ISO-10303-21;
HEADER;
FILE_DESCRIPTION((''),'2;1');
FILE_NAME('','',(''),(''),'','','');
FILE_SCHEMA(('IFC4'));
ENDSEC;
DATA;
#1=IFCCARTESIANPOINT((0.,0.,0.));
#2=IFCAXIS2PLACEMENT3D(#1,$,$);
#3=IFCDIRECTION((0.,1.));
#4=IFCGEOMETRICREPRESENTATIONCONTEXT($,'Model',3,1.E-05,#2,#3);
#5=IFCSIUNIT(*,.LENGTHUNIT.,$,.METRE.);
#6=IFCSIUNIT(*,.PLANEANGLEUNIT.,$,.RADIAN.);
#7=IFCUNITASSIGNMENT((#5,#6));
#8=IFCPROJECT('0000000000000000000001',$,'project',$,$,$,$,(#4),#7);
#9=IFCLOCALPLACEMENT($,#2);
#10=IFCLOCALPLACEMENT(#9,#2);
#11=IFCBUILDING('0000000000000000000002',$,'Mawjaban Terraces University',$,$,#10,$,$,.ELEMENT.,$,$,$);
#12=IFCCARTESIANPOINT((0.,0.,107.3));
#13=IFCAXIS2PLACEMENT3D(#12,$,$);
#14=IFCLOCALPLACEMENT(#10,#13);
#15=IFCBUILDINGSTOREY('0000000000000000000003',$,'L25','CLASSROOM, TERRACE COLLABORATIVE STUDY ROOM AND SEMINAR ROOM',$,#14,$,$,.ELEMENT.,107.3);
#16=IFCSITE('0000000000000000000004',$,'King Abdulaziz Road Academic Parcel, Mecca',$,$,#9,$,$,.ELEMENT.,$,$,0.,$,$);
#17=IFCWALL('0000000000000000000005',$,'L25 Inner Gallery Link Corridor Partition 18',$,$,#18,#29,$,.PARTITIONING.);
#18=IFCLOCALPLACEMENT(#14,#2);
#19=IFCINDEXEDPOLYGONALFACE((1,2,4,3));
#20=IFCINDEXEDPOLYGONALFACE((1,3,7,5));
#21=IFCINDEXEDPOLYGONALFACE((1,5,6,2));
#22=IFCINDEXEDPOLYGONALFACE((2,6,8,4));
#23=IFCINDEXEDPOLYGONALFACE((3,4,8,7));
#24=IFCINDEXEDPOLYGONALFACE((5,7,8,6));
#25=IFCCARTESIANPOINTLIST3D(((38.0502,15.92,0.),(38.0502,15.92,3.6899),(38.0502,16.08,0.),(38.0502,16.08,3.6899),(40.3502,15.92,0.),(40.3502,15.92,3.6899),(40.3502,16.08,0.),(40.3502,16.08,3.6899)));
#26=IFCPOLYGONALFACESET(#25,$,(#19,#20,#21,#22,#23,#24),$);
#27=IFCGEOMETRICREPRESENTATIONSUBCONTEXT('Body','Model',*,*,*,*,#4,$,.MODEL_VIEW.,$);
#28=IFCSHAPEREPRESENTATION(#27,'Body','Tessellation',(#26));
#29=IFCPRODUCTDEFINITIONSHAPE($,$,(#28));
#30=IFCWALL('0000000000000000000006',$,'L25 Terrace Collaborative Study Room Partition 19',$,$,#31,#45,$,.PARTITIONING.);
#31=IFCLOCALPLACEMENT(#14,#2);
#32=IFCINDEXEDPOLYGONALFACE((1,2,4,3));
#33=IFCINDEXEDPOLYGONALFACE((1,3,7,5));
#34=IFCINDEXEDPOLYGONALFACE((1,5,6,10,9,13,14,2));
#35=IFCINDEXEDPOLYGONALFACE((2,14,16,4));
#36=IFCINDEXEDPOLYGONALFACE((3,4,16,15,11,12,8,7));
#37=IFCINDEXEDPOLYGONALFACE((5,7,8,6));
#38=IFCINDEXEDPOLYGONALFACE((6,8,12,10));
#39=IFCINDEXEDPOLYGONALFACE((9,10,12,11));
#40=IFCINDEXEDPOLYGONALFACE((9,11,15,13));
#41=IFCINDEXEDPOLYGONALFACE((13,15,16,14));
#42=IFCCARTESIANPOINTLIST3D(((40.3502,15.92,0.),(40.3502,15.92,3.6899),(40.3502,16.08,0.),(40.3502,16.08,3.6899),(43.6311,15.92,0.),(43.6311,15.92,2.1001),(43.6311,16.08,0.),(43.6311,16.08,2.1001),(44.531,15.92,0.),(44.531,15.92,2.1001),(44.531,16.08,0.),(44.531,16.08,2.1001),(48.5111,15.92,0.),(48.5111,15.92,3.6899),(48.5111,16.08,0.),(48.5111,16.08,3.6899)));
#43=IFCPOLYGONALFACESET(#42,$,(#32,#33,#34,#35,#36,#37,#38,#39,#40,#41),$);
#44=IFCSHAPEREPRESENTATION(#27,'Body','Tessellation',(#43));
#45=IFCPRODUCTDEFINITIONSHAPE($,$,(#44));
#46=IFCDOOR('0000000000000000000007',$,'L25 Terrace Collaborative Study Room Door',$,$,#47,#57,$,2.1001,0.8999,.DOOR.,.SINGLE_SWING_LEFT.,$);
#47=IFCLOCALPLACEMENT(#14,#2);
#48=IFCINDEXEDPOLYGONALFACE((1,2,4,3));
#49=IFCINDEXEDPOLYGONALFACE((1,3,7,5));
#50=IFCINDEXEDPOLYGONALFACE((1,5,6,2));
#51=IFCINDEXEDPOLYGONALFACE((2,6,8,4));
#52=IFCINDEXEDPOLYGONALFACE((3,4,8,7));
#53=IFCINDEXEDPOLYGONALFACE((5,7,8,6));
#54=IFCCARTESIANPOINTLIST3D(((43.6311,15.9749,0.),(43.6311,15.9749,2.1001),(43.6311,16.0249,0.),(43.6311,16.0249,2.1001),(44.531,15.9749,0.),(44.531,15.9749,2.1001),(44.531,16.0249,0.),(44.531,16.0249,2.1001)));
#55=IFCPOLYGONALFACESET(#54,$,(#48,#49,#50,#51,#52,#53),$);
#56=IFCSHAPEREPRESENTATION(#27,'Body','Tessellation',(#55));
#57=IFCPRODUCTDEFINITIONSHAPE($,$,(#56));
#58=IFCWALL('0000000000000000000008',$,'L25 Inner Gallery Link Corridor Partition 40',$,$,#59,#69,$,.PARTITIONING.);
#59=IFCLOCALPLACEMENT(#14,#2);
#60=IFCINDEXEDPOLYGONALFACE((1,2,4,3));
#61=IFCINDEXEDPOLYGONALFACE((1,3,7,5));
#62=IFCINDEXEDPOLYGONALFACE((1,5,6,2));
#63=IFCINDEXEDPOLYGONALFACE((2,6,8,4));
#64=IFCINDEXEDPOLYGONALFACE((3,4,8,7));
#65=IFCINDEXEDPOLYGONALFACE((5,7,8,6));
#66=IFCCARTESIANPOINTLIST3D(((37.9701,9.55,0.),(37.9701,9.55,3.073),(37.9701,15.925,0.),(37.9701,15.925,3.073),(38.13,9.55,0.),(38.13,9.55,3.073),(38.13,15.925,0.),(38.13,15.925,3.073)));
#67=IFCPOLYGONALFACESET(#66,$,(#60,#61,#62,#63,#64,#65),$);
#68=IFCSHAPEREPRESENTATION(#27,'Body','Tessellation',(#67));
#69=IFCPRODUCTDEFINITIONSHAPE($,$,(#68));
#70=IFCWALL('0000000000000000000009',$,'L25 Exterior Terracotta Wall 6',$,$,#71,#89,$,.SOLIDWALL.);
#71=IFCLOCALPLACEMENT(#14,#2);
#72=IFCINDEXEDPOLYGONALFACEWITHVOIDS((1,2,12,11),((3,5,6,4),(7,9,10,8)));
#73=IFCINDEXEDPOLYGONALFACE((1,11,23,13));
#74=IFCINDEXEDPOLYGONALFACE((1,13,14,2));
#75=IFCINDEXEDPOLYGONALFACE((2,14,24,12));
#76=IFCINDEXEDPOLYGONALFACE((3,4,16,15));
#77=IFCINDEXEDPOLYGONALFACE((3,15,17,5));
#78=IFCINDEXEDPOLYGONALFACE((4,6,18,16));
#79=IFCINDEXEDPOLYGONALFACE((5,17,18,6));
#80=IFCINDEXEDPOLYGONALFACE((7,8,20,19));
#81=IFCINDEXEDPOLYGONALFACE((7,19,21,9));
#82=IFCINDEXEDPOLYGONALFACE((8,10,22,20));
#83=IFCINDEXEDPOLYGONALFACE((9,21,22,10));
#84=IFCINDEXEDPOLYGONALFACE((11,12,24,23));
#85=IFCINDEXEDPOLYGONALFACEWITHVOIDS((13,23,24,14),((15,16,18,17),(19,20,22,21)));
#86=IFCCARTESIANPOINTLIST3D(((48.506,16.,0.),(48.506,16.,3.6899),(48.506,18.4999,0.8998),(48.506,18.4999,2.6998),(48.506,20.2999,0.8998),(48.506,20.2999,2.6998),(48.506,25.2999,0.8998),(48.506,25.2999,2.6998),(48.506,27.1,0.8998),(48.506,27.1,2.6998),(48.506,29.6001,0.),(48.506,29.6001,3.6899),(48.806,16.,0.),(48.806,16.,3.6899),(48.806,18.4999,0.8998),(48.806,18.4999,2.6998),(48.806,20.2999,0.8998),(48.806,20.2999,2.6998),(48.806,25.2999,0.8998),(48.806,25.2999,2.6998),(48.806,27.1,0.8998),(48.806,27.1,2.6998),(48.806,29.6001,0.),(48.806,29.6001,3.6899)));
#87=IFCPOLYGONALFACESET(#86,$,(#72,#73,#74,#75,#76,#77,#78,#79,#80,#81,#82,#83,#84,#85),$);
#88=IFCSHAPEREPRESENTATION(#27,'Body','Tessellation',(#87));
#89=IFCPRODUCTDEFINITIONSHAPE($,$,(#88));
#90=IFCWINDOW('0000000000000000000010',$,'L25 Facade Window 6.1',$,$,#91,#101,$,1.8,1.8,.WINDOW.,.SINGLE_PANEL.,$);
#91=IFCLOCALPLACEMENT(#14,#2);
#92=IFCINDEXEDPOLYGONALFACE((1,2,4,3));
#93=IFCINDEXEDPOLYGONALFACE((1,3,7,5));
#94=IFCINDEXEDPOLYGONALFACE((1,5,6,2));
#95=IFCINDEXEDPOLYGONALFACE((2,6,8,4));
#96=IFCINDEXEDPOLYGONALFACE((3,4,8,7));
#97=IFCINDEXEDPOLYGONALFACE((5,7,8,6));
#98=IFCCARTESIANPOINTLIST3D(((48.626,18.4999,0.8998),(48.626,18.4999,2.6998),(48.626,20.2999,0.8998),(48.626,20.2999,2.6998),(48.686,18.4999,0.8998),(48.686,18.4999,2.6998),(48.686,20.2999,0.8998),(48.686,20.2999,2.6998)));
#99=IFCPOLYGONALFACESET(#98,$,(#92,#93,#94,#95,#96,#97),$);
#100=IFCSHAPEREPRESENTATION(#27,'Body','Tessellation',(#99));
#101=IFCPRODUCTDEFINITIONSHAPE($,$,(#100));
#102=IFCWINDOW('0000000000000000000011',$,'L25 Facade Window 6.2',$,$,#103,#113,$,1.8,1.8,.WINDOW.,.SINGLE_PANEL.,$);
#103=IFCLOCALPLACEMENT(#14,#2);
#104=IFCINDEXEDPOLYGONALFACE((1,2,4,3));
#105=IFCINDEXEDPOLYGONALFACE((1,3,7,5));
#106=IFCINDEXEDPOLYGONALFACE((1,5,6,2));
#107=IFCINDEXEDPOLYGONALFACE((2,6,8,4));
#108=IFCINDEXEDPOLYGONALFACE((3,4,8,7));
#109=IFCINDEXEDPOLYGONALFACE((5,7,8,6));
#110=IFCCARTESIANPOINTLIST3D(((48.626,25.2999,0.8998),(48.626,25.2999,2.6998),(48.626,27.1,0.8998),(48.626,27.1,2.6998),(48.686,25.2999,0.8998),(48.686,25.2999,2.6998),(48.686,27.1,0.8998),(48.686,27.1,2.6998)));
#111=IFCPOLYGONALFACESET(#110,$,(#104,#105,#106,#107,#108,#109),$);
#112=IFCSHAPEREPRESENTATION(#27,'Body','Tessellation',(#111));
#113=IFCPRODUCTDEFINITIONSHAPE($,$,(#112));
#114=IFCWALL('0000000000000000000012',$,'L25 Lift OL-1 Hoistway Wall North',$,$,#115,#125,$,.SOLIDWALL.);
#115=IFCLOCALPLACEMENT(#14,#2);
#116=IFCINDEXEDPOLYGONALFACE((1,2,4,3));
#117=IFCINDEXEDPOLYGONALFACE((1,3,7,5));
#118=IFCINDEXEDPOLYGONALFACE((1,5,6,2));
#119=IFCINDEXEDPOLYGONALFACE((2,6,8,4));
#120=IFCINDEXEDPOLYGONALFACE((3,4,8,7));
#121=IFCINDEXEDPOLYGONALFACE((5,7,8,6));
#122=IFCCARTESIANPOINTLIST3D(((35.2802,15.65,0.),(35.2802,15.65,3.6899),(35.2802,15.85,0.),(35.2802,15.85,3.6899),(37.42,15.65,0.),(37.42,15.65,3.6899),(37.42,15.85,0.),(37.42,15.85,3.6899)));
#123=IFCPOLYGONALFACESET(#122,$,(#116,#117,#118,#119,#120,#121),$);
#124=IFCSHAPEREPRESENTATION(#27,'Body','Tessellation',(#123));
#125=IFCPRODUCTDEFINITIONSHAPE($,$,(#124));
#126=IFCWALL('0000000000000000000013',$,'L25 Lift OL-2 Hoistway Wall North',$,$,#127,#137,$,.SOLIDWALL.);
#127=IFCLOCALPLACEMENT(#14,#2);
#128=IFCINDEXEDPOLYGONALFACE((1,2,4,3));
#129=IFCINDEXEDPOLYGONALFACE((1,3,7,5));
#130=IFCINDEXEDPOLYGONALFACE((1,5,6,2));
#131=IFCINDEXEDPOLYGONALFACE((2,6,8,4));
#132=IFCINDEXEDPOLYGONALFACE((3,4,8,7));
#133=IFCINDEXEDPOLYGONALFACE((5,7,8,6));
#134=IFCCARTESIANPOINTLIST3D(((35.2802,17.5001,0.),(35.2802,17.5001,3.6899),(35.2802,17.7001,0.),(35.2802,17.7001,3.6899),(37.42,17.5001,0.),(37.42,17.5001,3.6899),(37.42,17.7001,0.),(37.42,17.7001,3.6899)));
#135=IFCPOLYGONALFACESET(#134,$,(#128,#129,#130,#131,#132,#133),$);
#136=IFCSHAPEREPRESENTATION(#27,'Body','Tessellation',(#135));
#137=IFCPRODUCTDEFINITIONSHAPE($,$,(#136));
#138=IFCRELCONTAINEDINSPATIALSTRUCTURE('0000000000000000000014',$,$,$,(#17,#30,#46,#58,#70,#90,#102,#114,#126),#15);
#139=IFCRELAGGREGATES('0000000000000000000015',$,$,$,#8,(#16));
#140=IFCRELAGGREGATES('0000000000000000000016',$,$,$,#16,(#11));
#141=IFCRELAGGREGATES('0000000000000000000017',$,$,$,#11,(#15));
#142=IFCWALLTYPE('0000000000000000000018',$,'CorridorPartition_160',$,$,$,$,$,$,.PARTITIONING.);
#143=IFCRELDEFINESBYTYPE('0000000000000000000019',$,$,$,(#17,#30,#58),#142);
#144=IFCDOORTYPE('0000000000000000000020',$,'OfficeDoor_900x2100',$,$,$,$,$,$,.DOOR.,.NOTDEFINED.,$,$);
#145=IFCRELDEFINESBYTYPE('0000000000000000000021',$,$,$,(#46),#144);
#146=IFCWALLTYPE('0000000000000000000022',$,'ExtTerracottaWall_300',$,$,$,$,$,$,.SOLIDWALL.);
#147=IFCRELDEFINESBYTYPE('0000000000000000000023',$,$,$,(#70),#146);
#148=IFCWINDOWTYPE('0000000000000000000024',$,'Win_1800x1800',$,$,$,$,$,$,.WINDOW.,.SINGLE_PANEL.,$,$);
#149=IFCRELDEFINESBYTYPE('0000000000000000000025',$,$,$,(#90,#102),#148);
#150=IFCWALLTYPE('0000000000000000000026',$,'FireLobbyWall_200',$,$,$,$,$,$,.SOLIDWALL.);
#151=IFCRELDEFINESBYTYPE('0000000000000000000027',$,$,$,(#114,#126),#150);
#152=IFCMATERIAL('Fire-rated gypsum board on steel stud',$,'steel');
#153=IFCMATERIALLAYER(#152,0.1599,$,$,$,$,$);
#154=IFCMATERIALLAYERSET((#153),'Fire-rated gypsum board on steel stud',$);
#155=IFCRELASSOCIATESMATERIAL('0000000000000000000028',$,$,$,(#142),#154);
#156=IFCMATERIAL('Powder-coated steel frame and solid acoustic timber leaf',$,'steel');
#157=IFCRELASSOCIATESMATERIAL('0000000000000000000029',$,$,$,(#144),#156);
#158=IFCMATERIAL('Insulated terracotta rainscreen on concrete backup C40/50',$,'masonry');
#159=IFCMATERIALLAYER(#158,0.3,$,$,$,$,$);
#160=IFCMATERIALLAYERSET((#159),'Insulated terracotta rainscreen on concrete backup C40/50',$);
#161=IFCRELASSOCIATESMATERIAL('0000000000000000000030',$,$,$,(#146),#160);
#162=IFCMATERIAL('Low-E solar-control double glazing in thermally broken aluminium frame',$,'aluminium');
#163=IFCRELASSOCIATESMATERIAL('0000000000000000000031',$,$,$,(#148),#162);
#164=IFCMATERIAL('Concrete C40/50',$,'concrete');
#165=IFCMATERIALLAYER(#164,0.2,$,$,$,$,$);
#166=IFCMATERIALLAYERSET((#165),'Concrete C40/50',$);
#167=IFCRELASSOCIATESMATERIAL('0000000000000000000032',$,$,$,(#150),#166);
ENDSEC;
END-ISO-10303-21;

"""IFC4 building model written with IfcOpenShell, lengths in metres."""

from ifc_helpers import new_model, si_unit, direction, frame, frame_2d, origin, place, context, subcontext, project, spatial, rectangle, extrude, material, layer, layer_set, type_object, element, fill, save


model = new_model("IFC4")

# Units and contexts
model_context = context("Model", 3, precision=1e-05, world=origin(), true_north=direction((0.0, 1.0)))
body_context = subcontext(model_context, "Body", "Model", "MODEL_VIEW")
ifc_project = project(units=[si_unit("LENGTHUNIT", "METRE"), si_unit("PLANEANGLEUNIT", "RADIAN")], contexts=[model_context])

# Site, building, storey
site_placement = place(None, origin())
site = spatial("IfcSite", under=ifc_project, at=site_placement, Name="King Abdulaziz Road Academic Parcel, Mecca", CompositionType="ELEMENT", RefElevation=0.0)
building_placement = place(site_placement, origin())
building = spatial("IfcBuilding", under=site, at=building_placement, Name="Mawjaban Terraces University", CompositionType="ELEMENT")
storey_placement = place(building_placement, frame((0.0, 0.0, 107.3)))
storey = spatial("IfcBuildingStorey", under=building, at=storey_placement, Name="L25", Description="CLASSROOM, TERRACE COLLABORATIVE STUDY ROOM AND SEMINAR ROOM", CompositionType="ELEMENT", Elevation=107.3)

# Wall
ifc_material_1 = material(Name="Fire-rated gypsum board on steel stud", Category="steel")
ifc_layer_1 = layer(ifc_material_1, 0.1599)
ifc_layer_set_1 = layer_set([ifc_layer_1], Name="Fire-rated gypsum board on steel stud")
wall_type_1 = type_object("IfcWallType", Name="CorridorPartition_160", PredefinedType="PARTITIONING", material=ifc_layer_set_1)
wall_1_placement = place(storey_placement, frame((40.3501, 16.0, 0.0), z_axis=(0.0, 0.0, 1.0), x_axis=(-1.0, 0.0, 0.0)))
element("IfcWall", 1, at=wall_1_placement, inside=storey, type_object=wall_type_1, Name="L25 Inner Gallery Link Corridor Partition 18", PredefinedType="PARTITIONING", context=body_context, shape_type="SweptSolid", body=[
    extrude(rectangle(XDim=2.3, YDim=0.1599, at=frame_2d((1.1499, 0.0))), origin(), (0.0, 0.0, 1.0), 3.6899),
])

# Wall, opening, door
wall_2_placement = place(storey_placement, frame((40.3501, 16.0, 0.0), z_axis=(0.0, 0.0, 1.0), x_axis=(1.0, 0.0, 0.0)))
wall_2 = element("IfcWall", 2, at=wall_2_placement, inside=storey, type_object=wall_type_1, Name="L25 Terrace Collaborative Study Room Partition 19", PredefinedType="PARTITIONING", context=body_context, shape_type="SweptSolid", body=[
    extrude(rectangle(XDim=8.1609, YDim=0.1599, at=frame_2d((4.0806, 0.0))), origin(), (0.0, 0.0, 1.0), 3.6899),
])
opening_1_placement = place(wall_2_placement, frame((3.281, 0.0, 0.0)))
opening_1 = element("IfcOpeningElement", 3, at=opening_1_placement, cuts=wall_2, PredefinedType="OPENING", context=body_context, shape_type="SweptSolid", body=[
    extrude(rectangle(XDim=0.8999, YDim=2.1001, at=frame_2d((0.45, 1.05))), frame((0.0, 0.0898, 0.0), z_axis=(0.0, -1.0, 0.0), x_axis=(1.0, 0.0, 0.0)), (0.0, 0.0, 1.0), 0.1799),
])
ifc_material_2 = material(Name="Powder-coated steel frame and solid acoustic timber leaf", Category="steel")
door_type = type_object("IfcDoorType", Name="OfficeDoor_900x2100", OperationType="NOTDEFINED", PredefinedType="DOOR", material=ifc_material_2)
door_placement = place(opening_1_placement, origin())
door = element("IfcDoor", 4, at=door_placement, inside=storey, type_object=door_type, Name="L25 Terrace Collaborative Study Room Door", OperationType="SINGLE_SWING_LEFT", OverallHeight=2.1001, OverallWidth=0.8999, PredefinedType="DOOR", context=body_context, shape_type="SweptSolid", body=[
    extrude(rectangle(XDim=0.8999, YDim=2.1001, at=frame_2d((0.45, 1.05))), frame((0.0, 0.0249, 0.0), z_axis=(0.0, -1.0, 0.0), x_axis=(1.0, 0.0, 0.0)), (0.0, 0.0, 1.0), 0.05),
])
fill(opening_1, door)

# Wall
wall_3_placement = place(storey_placement, frame((38.05, 15.925, 0.0), z_axis=(0.0, 0.0, 1.0), x_axis=(0.0, -1.0, 0.0)))
element("IfcWall", 5, at=wall_3_placement, inside=storey, type_object=wall_type_1, Name="L25 Inner Gallery Link Corridor Partition 40", PredefinedType="PARTITIONING", context=body_context, shape_type="SweptSolid", body=[
    extrude(rectangle(XDim=6.375, YDim=0.1599, at=frame_2d((3.1875, 0.0))), origin(), (0.0, 0.0, 1.0), 3.073),
])

# Wall, openings, windows
ifc_material_3 = material(Name="Insulated terracotta rainscreen on concrete backup C40/50", Category="masonry")
ifc_layer_2 = layer(ifc_material_3, 0.3)
ifc_layer_set_2 = layer_set([ifc_layer_2], Name="Insulated terracotta rainscreen on concrete backup C40/50")
wall_type_2 = type_object("IfcWallType", Name="ExtTerracottaWall_300", PredefinedType="SOLIDWALL", material=ifc_layer_set_2)
wall_4_placement = place(storey_placement, frame((48.656, 16.0, 0.0), z_axis=(0.0, 0.0, 1.0), x_axis=(0.0, 1.0, 0.0)))
wall_4 = element("IfcWall", 6, at=wall_4_placement, inside=storey, type_object=wall_type_2, Name="L25 Exterior Terracotta Wall 6", PredefinedType="SOLIDWALL", context=body_context, shape_type="SweptSolid", body=[
    extrude(rectangle(XDim=13.6001, YDim=0.3, at=frame_2d((6.8, 0.0))), origin(), (0.0, 0.0, 1.0), 3.6899),
])
opening_2_placement = place(wall_4_placement, frame((2.5, 0.0, 0.8999)))
opening_2 = element("IfcOpeningElement", 7, at=opening_2_placement, cuts=wall_4, PredefinedType="OPENING", context=body_context, shape_type="SweptSolid", body=[
    extrude(rectangle(XDim=1.8, YDim=1.8, at=frame_2d((0.8999, 0.8999))), frame((0.0, 0.1599, 0.0), z_axis=(0.0, -1.0, 0.0), x_axis=(1.0, 0.0, 0.0)), (0.0, 0.0, 1.0), 0.3201),
])
opening_3_placement = place(wall_4_placement, frame((9.3, 0.0, 0.8999)))
opening_3 = element("IfcOpeningElement", 8, at=opening_3_placement, cuts=wall_4, PredefinedType="OPENING", context=body_context, shape_type="SweptSolid", body=[
    extrude(rectangle(XDim=1.8, YDim=1.8, at=frame_2d((0.8999, 0.8999))), frame((0.0, 0.1599, 0.0), z_axis=(0.0, -1.0, 0.0), x_axis=(1.0, 0.0, 0.0)), (0.0, 0.0, 1.0), 0.3201),
])
ifc_material_4 = material(Name="Low-E solar-control double glazing in thermally broken aluminium frame", Category="aluminium")
window_type = type_object("IfcWindowType", Name="Win_1800x1800", PartitioningType="SINGLE_PANEL", PredefinedType="WINDOW", material=ifc_material_4)
window_1_placement = place(opening_2_placement, origin())
window_1 = element("IfcWindow", 9, at=window_1_placement, inside=storey, type_object=window_type, Name="L25 Facade Window 6.1", OverallHeight=1.8, OverallWidth=1.8, PartitioningType="SINGLE_PANEL", PredefinedType="WINDOW", context=body_context, shape_type="SweptSolid", body=[
    extrude(rectangle(XDim=1.8, YDim=1.8, at=frame_2d((0.8999, 0.8999))), frame((0.0, 0.03, 0.0), z_axis=(0.0, -1.0, 0.0), x_axis=(1.0, 0.0, 0.0)), (0.0, 0.0, 1.0), 0.0601),
])
fill(opening_2, window_1)
window_2_placement = place(opening_3_placement, origin())
window_2 = element("IfcWindow", 10, at=window_2_placement, inside=storey, type_object=window_type, Name="L25 Facade Window 6.2", OverallHeight=1.8, OverallWidth=1.8, PartitioningType="SINGLE_PANEL", PredefinedType="WINDOW", context=body_context, shape_type="SweptSolid", body=[
    extrude(rectangle(XDim=1.8, YDim=1.8, at=frame_2d((0.8999, 0.8999))), frame((0.0, 0.03, 0.0), z_axis=(0.0, -1.0, 0.0), x_axis=(1.0, 0.0, 0.0)), (0.0, 0.0, 1.0), 0.0601),
])
fill(opening_3, window_2)

# Walls
ifc_material_5 = material(Name="Concrete C40/50", Category="concrete")
ifc_layer_3 = layer(ifc_material_5, 0.2)
ifc_layer_set_3 = layer_set([ifc_layer_3], Name="Concrete C40/50")
wall_type_3 = type_object("IfcWallType", Name="FireLobbyWall_200", PredefinedType="SOLIDWALL", material=ifc_layer_set_3)
for number, where, z_axis, x_axis, name in (
    (11, (37.4199, 15.75, 0.0), (0.0, 0.0, 1.0), (-1.0, 0.0, 0.0), "L25 Lift OL-1 Hoistway Wall North"),
    (12, (37.4199, 17.6001, 0.0), (0.0, 0.0, 1.0), (-1.0, 0.0, 0.0), "L25 Lift OL-2 Hoistway Wall North"),
):
    element("IfcWall", number, at=place(storey_placement, frame(where, z_axis=z_axis, x_axis=x_axis)), inside=storey, type_object=wall_type_3, Name=name, PredefinedType="SOLIDWALL", context=body_context, shape_type="SweptSolid", body=[
        extrude(rectangle(XDim=2.1399, YDim=0.2, at=frame_2d((1.0698, 0.0))), origin(), (0.0, 0.0, 1.0), 3.6899),
    ])

save(model, "model.ifc")
